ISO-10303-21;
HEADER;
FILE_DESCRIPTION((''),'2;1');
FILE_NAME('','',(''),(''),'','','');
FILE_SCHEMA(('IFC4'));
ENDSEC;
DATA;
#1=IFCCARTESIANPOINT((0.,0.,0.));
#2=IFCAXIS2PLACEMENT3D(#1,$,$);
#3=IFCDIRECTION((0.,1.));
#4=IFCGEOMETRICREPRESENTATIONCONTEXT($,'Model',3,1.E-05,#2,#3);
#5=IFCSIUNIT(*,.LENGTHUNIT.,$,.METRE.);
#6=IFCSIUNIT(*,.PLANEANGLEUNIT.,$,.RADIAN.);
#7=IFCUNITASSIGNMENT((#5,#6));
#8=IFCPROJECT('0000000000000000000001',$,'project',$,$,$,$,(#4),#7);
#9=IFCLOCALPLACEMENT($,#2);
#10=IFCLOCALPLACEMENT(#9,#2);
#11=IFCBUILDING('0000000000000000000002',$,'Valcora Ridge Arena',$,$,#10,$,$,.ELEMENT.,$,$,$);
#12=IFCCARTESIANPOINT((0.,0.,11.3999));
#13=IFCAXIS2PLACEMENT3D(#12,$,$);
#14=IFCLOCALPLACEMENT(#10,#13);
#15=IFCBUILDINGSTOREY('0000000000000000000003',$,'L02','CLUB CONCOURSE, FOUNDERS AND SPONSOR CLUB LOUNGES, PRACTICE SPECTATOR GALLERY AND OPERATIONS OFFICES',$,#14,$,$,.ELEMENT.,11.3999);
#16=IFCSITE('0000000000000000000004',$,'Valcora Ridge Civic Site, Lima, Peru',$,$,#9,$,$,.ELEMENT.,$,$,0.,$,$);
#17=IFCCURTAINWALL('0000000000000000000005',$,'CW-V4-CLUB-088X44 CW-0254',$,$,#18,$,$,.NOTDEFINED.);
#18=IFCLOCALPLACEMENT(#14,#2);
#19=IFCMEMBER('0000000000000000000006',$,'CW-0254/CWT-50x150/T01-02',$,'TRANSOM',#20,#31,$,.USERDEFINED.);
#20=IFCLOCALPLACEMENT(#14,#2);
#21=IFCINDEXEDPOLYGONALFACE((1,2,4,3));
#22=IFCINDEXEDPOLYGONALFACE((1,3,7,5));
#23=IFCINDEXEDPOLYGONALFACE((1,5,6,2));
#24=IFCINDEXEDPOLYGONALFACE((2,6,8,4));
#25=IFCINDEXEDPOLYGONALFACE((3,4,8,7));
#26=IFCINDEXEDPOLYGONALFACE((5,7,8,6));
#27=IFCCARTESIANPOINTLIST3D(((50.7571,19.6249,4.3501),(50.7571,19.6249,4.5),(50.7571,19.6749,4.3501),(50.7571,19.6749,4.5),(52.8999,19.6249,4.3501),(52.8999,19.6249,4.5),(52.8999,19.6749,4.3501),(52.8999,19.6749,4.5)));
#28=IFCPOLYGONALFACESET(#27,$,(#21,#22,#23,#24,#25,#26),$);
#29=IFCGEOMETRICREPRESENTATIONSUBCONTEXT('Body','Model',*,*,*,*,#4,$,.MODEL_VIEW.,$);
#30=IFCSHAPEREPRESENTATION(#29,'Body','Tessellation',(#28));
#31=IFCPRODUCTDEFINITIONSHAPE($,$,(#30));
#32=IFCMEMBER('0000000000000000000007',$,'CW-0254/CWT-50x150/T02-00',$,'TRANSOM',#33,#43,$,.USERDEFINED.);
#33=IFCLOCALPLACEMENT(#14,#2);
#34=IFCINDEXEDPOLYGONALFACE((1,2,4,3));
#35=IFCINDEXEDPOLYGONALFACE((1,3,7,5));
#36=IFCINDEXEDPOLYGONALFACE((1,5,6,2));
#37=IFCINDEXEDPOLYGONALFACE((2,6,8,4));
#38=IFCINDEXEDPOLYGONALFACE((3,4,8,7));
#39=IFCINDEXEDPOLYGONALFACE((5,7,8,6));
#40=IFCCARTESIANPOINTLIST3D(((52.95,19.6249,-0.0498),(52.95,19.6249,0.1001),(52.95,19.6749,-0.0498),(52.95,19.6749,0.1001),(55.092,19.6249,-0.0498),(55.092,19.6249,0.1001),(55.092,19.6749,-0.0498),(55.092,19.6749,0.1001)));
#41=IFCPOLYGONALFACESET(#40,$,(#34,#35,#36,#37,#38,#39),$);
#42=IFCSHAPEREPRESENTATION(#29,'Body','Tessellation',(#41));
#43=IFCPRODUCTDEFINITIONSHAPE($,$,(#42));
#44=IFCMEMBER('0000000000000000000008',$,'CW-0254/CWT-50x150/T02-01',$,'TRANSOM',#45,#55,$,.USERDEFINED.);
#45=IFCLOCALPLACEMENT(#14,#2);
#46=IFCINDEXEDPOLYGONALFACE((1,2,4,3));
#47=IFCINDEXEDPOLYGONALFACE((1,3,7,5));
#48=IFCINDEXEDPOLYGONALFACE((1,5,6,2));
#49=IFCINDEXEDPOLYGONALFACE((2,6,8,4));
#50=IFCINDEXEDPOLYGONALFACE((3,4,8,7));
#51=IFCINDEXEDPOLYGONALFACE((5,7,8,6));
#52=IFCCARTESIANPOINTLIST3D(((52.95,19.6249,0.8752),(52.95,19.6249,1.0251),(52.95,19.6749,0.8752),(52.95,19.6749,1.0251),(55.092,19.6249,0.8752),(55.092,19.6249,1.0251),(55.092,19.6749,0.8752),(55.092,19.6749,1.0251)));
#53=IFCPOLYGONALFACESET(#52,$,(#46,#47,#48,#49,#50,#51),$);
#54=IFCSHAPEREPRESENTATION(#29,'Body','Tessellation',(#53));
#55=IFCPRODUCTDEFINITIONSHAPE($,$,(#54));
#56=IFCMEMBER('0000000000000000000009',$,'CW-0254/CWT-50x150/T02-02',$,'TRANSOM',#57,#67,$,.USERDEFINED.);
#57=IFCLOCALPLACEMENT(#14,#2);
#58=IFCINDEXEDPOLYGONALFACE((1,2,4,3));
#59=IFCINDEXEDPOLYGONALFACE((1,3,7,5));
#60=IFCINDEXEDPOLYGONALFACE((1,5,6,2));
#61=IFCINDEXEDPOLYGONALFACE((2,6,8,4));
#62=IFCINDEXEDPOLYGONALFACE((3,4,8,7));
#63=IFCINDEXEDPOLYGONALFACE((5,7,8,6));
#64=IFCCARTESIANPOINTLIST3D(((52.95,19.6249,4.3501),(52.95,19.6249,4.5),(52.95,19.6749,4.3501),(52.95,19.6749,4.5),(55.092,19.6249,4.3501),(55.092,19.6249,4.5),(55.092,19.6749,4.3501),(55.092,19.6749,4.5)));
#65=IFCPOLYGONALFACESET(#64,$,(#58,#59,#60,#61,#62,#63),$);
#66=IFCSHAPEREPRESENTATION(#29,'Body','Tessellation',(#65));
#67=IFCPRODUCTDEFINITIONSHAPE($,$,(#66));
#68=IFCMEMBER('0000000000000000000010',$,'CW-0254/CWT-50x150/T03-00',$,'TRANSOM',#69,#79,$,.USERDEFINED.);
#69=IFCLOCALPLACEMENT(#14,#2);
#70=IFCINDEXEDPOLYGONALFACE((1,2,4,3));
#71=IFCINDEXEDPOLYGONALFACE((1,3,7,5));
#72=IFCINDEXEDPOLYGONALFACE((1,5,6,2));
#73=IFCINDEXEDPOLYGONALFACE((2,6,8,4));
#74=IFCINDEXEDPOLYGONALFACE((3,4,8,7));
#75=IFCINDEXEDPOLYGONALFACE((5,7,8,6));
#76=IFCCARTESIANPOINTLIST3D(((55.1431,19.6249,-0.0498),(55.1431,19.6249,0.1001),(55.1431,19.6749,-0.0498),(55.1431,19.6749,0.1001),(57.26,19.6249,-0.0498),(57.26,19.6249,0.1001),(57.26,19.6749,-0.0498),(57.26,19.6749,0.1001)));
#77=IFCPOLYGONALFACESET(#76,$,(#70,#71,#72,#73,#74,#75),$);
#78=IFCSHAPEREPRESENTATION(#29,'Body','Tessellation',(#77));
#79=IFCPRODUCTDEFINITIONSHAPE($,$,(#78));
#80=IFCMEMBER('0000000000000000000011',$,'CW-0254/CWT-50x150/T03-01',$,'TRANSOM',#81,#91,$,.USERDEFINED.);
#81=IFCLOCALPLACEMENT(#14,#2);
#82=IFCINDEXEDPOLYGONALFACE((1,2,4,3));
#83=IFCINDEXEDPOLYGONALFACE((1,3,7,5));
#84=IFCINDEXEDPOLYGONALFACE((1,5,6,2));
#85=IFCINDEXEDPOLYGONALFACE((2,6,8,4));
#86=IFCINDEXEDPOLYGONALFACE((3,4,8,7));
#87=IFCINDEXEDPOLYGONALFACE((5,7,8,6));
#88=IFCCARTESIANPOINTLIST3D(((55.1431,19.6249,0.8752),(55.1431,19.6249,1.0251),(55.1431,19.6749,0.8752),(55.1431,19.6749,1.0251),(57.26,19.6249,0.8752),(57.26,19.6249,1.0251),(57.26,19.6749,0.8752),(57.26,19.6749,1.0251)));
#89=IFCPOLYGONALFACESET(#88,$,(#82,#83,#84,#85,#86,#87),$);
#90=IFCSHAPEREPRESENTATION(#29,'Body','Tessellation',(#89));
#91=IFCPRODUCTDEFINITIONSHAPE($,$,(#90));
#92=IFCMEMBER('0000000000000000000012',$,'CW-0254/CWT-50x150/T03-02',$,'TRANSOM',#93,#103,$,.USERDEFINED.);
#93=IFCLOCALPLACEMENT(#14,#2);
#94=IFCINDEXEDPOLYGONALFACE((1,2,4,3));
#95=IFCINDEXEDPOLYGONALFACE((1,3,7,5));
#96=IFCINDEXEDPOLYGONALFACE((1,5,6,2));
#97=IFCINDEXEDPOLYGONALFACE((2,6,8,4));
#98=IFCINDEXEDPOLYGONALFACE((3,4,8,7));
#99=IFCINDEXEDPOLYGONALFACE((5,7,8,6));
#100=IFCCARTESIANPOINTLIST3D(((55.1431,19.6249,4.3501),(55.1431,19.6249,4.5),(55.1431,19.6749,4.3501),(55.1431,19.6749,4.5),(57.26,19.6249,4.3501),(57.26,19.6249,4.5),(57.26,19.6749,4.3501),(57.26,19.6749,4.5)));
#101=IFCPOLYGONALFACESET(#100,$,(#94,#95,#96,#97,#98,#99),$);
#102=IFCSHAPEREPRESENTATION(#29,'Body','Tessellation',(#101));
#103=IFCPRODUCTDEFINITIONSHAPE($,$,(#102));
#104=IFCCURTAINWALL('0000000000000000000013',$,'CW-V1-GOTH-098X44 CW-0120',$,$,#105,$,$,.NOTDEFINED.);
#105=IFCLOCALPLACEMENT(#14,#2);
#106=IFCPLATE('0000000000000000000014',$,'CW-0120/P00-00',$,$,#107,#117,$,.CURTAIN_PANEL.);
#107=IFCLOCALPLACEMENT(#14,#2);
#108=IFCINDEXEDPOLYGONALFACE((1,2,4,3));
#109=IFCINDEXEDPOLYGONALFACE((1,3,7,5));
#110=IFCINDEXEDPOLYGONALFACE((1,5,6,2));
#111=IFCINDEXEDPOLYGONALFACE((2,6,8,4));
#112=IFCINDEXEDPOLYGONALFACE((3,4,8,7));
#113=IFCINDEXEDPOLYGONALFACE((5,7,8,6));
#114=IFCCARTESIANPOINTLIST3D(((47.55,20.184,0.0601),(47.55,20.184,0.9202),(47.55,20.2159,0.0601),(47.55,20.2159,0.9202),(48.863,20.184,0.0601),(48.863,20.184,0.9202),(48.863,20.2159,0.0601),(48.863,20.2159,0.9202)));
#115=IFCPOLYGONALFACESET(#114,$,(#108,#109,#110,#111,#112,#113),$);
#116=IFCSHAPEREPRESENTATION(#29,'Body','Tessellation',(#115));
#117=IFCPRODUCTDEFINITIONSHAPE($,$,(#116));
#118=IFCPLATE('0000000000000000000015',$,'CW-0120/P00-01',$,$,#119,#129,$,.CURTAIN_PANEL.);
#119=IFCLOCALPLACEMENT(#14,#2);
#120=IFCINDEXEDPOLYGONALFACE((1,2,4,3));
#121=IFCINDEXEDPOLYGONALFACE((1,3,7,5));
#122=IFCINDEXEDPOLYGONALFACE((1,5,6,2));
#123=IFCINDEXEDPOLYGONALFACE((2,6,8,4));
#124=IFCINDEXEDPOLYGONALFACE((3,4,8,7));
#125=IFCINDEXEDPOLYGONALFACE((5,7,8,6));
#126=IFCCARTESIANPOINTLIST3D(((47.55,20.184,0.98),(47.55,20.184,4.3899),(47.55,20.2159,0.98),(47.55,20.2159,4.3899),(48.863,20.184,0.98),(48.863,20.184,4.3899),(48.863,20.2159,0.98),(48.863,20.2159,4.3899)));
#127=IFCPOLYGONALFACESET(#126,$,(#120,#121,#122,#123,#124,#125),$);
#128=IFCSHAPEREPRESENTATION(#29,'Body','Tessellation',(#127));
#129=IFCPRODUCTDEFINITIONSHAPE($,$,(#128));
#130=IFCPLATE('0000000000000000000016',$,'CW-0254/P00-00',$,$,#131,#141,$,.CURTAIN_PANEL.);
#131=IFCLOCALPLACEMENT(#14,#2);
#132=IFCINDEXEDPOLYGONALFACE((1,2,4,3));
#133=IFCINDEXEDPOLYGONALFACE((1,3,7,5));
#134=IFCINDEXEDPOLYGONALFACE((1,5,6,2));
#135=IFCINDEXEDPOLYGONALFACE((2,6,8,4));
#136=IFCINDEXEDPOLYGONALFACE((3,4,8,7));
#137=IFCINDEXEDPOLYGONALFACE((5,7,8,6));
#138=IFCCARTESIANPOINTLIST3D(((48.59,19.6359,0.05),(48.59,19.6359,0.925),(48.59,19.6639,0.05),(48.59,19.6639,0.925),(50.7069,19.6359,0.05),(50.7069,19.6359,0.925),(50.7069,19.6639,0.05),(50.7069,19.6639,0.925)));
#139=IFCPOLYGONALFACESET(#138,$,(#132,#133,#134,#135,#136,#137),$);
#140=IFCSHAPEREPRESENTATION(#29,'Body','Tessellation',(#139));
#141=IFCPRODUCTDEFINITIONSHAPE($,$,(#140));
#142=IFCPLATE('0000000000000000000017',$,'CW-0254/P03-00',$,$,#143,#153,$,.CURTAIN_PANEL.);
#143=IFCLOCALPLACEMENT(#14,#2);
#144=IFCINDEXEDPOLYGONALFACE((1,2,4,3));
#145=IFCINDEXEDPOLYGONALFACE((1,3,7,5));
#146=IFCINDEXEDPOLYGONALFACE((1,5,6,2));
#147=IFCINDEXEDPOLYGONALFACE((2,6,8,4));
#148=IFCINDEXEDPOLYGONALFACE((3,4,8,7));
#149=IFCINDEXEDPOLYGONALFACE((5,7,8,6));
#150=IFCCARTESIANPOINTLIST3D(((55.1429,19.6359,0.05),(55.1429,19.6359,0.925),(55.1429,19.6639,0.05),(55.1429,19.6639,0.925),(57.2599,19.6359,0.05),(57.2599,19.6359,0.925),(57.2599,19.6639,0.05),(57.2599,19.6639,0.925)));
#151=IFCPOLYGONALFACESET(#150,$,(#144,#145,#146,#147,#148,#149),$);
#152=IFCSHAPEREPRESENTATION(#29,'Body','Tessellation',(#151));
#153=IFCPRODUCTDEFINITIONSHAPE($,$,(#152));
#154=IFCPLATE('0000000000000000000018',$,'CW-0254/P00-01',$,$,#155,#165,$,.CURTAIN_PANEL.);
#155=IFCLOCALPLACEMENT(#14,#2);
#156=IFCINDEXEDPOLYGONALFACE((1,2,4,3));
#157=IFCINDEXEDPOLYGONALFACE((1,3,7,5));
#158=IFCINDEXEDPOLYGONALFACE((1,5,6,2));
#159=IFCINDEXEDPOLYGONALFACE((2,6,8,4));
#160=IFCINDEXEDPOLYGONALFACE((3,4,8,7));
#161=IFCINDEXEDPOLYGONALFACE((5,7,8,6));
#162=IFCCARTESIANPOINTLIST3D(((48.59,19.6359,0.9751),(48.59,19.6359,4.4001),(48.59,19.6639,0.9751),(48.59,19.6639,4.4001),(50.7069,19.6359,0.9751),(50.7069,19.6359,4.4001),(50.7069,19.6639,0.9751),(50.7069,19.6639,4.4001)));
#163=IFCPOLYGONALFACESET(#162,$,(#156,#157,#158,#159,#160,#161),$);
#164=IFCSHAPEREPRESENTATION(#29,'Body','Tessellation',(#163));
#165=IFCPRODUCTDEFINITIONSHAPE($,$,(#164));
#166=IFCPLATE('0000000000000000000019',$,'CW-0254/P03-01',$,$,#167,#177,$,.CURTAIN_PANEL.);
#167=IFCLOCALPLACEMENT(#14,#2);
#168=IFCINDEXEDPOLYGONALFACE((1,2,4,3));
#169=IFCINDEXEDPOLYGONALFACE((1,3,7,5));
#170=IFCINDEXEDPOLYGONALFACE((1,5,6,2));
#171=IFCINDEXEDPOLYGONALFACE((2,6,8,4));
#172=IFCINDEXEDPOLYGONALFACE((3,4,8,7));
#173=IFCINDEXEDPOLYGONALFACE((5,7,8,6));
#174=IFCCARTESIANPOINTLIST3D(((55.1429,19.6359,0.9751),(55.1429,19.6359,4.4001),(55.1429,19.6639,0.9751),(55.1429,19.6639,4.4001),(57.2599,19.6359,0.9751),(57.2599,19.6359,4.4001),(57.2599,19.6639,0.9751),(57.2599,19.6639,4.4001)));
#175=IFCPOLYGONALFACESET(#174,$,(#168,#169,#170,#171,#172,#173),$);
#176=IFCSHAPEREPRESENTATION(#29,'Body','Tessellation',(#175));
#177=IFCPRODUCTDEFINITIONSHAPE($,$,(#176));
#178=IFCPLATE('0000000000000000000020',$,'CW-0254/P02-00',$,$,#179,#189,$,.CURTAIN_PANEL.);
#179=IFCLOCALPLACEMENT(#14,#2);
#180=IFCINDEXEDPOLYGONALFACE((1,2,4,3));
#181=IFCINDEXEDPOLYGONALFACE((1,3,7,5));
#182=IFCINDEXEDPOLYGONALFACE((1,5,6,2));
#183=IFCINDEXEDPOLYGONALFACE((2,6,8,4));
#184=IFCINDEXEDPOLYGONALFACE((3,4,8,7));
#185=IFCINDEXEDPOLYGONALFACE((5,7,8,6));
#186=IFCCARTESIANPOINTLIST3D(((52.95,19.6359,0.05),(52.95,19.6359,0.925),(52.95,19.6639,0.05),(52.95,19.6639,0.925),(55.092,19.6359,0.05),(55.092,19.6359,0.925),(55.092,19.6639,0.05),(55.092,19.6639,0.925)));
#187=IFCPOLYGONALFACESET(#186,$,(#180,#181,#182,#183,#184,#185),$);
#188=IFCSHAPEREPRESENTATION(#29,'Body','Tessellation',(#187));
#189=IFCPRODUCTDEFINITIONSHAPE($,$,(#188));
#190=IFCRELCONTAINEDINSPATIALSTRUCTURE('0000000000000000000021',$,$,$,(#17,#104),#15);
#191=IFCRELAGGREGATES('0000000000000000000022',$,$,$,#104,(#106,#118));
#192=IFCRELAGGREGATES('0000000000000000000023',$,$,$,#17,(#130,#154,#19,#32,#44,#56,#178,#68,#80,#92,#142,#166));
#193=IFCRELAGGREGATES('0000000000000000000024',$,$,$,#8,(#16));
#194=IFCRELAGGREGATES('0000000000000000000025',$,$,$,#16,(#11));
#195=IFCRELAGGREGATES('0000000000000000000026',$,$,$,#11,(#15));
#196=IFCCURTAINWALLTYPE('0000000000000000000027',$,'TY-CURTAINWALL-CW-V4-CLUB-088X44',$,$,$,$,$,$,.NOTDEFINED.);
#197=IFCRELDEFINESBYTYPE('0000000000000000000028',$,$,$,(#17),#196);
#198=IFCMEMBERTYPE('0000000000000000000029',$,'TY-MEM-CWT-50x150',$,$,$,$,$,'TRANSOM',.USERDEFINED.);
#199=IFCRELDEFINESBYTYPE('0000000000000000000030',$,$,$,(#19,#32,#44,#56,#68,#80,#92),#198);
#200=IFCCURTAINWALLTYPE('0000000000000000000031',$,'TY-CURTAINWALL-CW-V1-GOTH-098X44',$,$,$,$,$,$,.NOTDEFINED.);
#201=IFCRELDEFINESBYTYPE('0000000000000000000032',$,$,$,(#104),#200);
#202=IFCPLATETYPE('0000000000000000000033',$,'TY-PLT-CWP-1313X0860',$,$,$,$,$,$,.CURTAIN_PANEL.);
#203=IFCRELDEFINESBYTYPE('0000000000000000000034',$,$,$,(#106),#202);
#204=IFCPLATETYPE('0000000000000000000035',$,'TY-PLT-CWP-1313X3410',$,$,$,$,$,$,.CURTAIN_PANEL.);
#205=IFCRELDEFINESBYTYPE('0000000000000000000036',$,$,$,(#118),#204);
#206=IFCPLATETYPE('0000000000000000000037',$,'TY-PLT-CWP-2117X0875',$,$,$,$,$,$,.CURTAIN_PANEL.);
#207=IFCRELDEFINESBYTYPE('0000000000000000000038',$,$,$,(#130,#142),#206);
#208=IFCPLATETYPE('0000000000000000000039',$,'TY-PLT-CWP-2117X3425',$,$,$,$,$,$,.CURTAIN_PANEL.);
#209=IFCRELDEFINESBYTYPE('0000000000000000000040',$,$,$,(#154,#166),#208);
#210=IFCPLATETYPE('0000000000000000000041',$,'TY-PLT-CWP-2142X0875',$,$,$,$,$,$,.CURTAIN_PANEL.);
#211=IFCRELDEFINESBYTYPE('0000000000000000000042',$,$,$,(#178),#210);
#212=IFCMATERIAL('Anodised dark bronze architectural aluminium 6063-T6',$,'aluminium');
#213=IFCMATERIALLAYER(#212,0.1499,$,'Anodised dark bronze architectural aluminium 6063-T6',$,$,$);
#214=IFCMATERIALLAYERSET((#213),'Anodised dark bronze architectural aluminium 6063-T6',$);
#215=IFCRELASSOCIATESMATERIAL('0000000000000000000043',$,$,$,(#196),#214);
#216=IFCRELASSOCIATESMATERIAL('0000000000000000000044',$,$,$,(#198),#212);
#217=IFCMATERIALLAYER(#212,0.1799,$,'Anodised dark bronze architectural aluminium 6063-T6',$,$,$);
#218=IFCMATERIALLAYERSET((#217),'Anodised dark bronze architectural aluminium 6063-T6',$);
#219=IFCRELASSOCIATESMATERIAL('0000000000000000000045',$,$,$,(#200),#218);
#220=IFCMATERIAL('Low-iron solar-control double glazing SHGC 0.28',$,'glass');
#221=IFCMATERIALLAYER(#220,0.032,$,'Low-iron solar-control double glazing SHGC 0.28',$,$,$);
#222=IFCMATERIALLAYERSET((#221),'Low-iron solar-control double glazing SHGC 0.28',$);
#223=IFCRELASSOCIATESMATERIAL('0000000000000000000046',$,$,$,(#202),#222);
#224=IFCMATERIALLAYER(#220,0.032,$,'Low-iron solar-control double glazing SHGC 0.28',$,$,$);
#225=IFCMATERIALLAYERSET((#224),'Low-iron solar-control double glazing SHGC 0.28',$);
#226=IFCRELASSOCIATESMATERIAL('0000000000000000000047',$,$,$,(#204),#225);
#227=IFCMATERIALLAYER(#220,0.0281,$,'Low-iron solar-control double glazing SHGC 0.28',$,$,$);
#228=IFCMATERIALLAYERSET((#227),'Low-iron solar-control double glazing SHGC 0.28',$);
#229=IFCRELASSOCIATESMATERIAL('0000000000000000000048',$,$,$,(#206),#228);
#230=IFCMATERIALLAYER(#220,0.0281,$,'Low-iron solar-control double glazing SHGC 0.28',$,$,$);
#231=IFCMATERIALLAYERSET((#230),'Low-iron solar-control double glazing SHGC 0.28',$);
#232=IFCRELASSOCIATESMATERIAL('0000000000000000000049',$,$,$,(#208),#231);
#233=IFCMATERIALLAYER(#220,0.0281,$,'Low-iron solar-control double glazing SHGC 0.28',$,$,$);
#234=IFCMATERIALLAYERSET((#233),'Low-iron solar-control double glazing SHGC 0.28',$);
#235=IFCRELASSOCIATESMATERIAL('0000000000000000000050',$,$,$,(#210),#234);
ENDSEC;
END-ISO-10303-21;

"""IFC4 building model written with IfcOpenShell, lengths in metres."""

from ifc_helpers import new_model, si_unit, direction, frame, origin, origin_2d, place, context, subcontext, project, spatial, rectangle, extrude, material, layer, layer_set, material_profile, profile_set, type_object, element, aggregate, save


model = new_model("IFC4")

# Units and contexts
model_context = context("Model", 3, precision=1e-05, world=origin(), true_north=direction((0.0, 1.0)))
body_context = subcontext(model_context, "Body", "Model", "MODEL_VIEW")
ifc_project = project(units=[si_unit("LENGTHUNIT", "METRE"), si_unit("PLANEANGLEUNIT", "RADIAN")], contexts=[model_context])

# Site, building, storey
site_placement = place(None, origin())
site = spatial("IfcSite", under=ifc_project, at=site_placement, Name="Valcora Ridge Civic Site, Lima, Peru", CompositionType="ELEMENT", RefElevation=0.0)
building_placement = place(site_placement, origin())
building = spatial("IfcBuilding", under=site, at=building_placement, Name="Valcora Ridge Arena", CompositionType="ELEMENT")
storey_placement = place(building_placement, frame((0.0, 0.0, 11.3999)))
storey = spatial("IfcBuildingStorey", under=building, at=storey_placement, Name="L02", Description="CLUB CONCOURSE, FOUNDERS AND SPONSOR CLUB LOUNGES, PRACTICE SPECTATOR GALLERY AND OPERATIONS OFFICES", CompositionType="ELEMENT", Elevation=11.3999)

# Curtain wall, members
ifc_material_1 = material(Name="Anodised dark bronze architectural aluminium 6063-T6", Category="aluminium")
ifc_layer_1 = layer(ifc_material_1, 0.1499, Name="Anodised dark bronze architectural aluminium 6063-T6")
ifc_layer_set_1 = layer_set([ifc_layer_1], Name="Anodised dark bronze architectural aluminium 6063-T6")
curtain_wall_type_1 = type_object("IfcCurtainWallType", Name="TY-CURTAINWALL-CW-V4-CLUB-088X44", PredefinedType="NOTDEFINED", material=ifc_layer_set_1)
curtain_wall_1_placement = place(storey_placement, origin())
curtain_wall_1 = element("IfcCurtainWall", 1, at=curtain_wall_1_placement, inside=storey, type_object=curtain_wall_type_1, Name="CW-V4-CLUB-088X44 CW-0254", PredefinedType="NOTDEFINED")
ifc_material_profile_1 = material_profile(ifc_material_1, rectangle(XDim=0.05, YDim=0.1499, at=origin_2d()), Name="ALU TRANSOM 50x150")
ifc_profile_set_1 = profile_set([ifc_material_profile_1], Name="Anodised dark bronze architectural aluminium 6063-T6")
member_type_1 = type_object("IfcMemberType", Name="TY-MEM-CWT-50x150", ElementType="TRANSOM", PredefinedType="USERDEFINED", material=ifc_profile_set_1)
member_1_placement = place(storey_placement, frame((50.7571, 19.6499, 4.425), z_axis=(1.0, 0.0, 0.0), x_axis=(0.0, 1.0, 0.0)))
member_1 = element("IfcMember", 2, at=member_1_placement, type_object=member_type_1, Name="CW-0254/CWT-50x150/T01-02", ObjectType="TRANSOM", PredefinedType="USERDEFINED", context=body_context, shape_type="SweptSolid", body=[
    extrude(rectangle(XDim=0.05, YDim=0.1499, at=origin_2d()), origin(), (0.0, 0.0, 1.0), 2.1428),
])
member_2_placement = place(storey_placement, frame((52.95, 19.6499, 0.0251), z_axis=(1.0, 0.0, 0.0), x_axis=(0.0, 1.0, 0.0)))
member_2 = element("IfcMember", 3, at=member_2_placement, type_object=member_type_1, Name="CW-0254/CWT-50x150/T02-00", ObjectType="TRANSOM", PredefinedType="USERDEFINED", context=body_context, shape_type="SweptSolid", body=[
    extrude(rectangle(XDim=0.05, YDim=0.1499, at=origin_2d()), origin(), (0.0, 0.0, 1.0), 2.1421),
])
member_3_placement = place(storey_placement, frame((52.95, 19.6499, 0.9502), z_axis=(1.0, 0.0, 0.0), x_axis=(0.0, 1.0, 0.0)))
member_3 = element("IfcMember", 4, at=member_3_placement, type_object=member_type_1, Name="CW-0254/CWT-50x150/T02-01", ObjectType="TRANSOM", PredefinedType="USERDEFINED", context=body_context, shape_type="SweptSolid", body=[
    extrude(rectangle(XDim=0.05, YDim=0.1499, at=origin_2d()), origin(), (0.0, 0.0, 1.0), 2.1421),
])
member_4_placement = place(storey_placement, frame((52.95, 19.6499, 4.425), z_axis=(1.0, 0.0, 0.0), x_axis=(0.0, 1.0, 0.0)))
member_4 = element("IfcMember", 5, at=member_4_placement, type_object=member_type_1, Name="CW-0254/CWT-50x150/T02-02", ObjectType="TRANSOM", PredefinedType="USERDEFINED", context=body_context, shape_type="SweptSolid", body=[
    extrude(rectangle(XDim=0.05, YDim=0.1499, at=origin_2d()), origin(), (0.0, 0.0, 1.0), 2.1421),
])
member_5_placement = place(storey_placement, frame((55.1431, 19.6499, 0.0251), z_axis=(1.0, 0.0, 0.0), x_axis=(0.0, 1.0, 0.0)))
member_5 = element("IfcMember", 6, at=member_5_placement, type_object=member_type_1, Name="CW-0254/CWT-50x150/T03-00", ObjectType="TRANSOM", PredefinedType="USERDEFINED", context=body_context, shape_type="SweptSolid", body=[
    extrude(rectangle(XDim=0.05, YDim=0.1499, at=origin_2d()), origin(), (0.0, 0.0, 1.0), 2.1169),
])
member_6_placement = place(storey_placement, frame((55.1431, 19.6499, 0.9502), z_axis=(1.0, 0.0, 0.0), x_axis=(0.0, 1.0, 0.0)))
member_6 = element("IfcMember", 7, at=member_6_placement, type_object=member_type_1, Name="CW-0254/CWT-50x150/T03-01", ObjectType="TRANSOM", PredefinedType="USERDEFINED", context=body_context, shape_type="SweptSolid", body=[
    extrude(rectangle(XDim=0.05, YDim=0.1499, at=origin_2d()), origin(), (0.0, 0.0, 1.0), 2.1169),
])
member_7_placement = place(storey_placement, frame((55.1431, 19.6499, 4.425), z_axis=(1.0, 0.0, 0.0), x_axis=(0.0, 1.0, 0.0)))
member_7 = element("IfcMember", 8, at=member_7_placement, type_object=member_type_1, Name="CW-0254/CWT-50x150/T03-02", ObjectType="TRANSOM", PredefinedType="USERDEFINED", context=body_context, shape_type="SweptSolid", body=[
    extrude(rectangle(XDim=0.05, YDim=0.1499, at=origin_2d()), origin(), (0.0, 0.0, 1.0), 2.1169),
])

# Curtain wall, plates
ifc_layer_2 = layer(ifc_material_1, 0.1799, Name="Anodised dark bronze architectural aluminium 6063-T6")
ifc_layer_set_2 = layer_set([ifc_layer_2], Name="Anodised dark bronze architectural aluminium 6063-T6")
curtain_wall_type_2 = type_object("IfcCurtainWallType", Name="TY-CURTAINWALL-CW-V1-GOTH-098X44", PredefinedType="NOTDEFINED", material=ifc_layer_set_2)
curtain_wall_2_placement = place(storey_placement, origin())
curtain_wall_2 = element("IfcCurtainWall", 9, at=curtain_wall_2_placement, inside=storey, type_object=curtain_wall_type_2, Name="CW-V1-GOTH-098X44 CW-0120", PredefinedType="NOTDEFINED")
ifc_material_2 = material(Name="Low-iron solar-control double glazing SHGC 0.28", Category="glass")
ifc_layer_3 = layer(ifc_material_2, 0.032, Name="Low-iron solar-control double glazing SHGC 0.28")
ifc_layer_set_3 = layer_set([ifc_layer_3], Name="Low-iron solar-control double glazing SHGC 0.28")
plate_type_1 = type_object("IfcPlateType", Name="TY-PLT-CWP-1313X0860", PredefinedType="CURTAIN_PANEL", material=ifc_layer_set_3)
plate_1_placement = place(storey_placement, frame((48.2065, 20.2, 0.0601), z_axis=(0.0, 0.0, 1.0), x_axis=(1.0, 0.0, 0.0)))
plate_1 = element("IfcPlate", 10, at=plate_1_placement, type_object=plate_type_1, Name="CW-0120/P00-00", PredefinedType="CURTAIN_PANEL", context=body_context, shape_type="SweptSolid", body=[
    extrude(rectangle(XDim=1.313, YDim=0.032, at=origin_2d()), origin(), (0.0, 0.0, 1.0), 0.8601),
])
ifc_layer_4 = layer(ifc_material_2, 0.032, Name="Low-iron solar-control double glazing SHGC 0.28")
ifc_layer_set_4 = layer_set([ifc_layer_4], Name="Low-iron solar-control double glazing SHGC 0.28")
plate_type_2 = type_object("IfcPlateType", Name="TY-PLT-CWP-1313X3410", PredefinedType="CURTAIN_PANEL", material=ifc_layer_set_4)
plate_2_placement = place(storey_placement, frame((48.2065, 20.2, 0.98), z_axis=(0.0, 0.0, 1.0), x_axis=(1.0, 0.0, 0.0)))
plate_2 = element("IfcPlate", 11, at=plate_2_placement, type_object=plate_type_2, Name="CW-0120/P00-01", PredefinedType="CURTAIN_PANEL", context=body_context, shape_type="SweptSolid", body=[
    extrude(rectangle(XDim=1.313, YDim=0.032, at=origin_2d()), origin(), (0.0, 0.0, 1.0), 3.4099),
])
aggregate(curtain_wall_2, [plate_1, plate_2])

# Plates
ifc_layer_5 = layer(ifc_material_2, 0.0281, Name="Low-iron solar-control double glazing SHGC 0.28")
ifc_layer_set_5 = layer_set([ifc_layer_5], Name="Low-iron solar-control double glazing SHGC 0.28")
plate_type_3 = type_object("IfcPlateType", Name="TY-PLT-CWP-2117X0875", PredefinedType="CURTAIN_PANEL", material=ifc_layer_set_5)
plate_3_placement = place(storey_placement, frame((49.6484, 19.6499, 0.05), z_axis=(0.0, 0.0, 1.0), x_axis=(1.0, 0.0, 0.0)))
plate_3 = element("IfcPlate", 12, at=plate_3_placement, type_object=plate_type_3, Name="CW-0254/P00-00", PredefinedType="CURTAIN_PANEL", context=body_context, shape_type="SweptSolid", body=[
    extrude(rectangle(XDim=2.1169, YDim=0.0281, at=origin_2d()), origin(), (0.0, 0.0, 1.0), 0.875),
])
plate_4_placement = place(storey_placement, frame((56.2014, 19.6499, 0.05), z_axis=(0.0, 0.0, 1.0), x_axis=(1.0, 0.0, 0.0)))
plate_4 = element("IfcPlate", 13, at=plate_4_placement, type_object=plate_type_3, Name="CW-0254/P03-00", PredefinedType="CURTAIN_PANEL", context=body_context, shape_type="SweptSolid", body=[
    extrude(rectangle(XDim=2.1169, YDim=0.0281, at=origin_2d()), origin(), (0.0, 0.0, 1.0), 0.875),
])
ifc_layer_6 = layer(ifc_material_2, 0.0281, Name="Low-iron solar-control double glazing SHGC 0.28")
ifc_layer_set_6 = layer_set([ifc_layer_6], Name="Low-iron solar-control double glazing SHGC 0.28")
plate_type_4 = type_object("IfcPlateType", Name="TY-PLT-CWP-2117X3425", PredefinedType="CURTAIN_PANEL", material=ifc_layer_set_6)
plate_5_placement = place(storey_placement, frame((49.6484, 19.6499, 0.9751), z_axis=(0.0, 0.0, 1.0), x_axis=(1.0, 0.0, 0.0)))
plate_5 = element("IfcPlate", 14, at=plate_5_placement, type_object=plate_type_4, Name="CW-0254/P00-01", PredefinedType="CURTAIN_PANEL", context=body_context, shape_type="SweptSolid", body=[
    extrude(rectangle(XDim=2.1169, YDim=0.0281, at=origin_2d()), origin(), (0.0, 0.0, 1.0), 3.425),
])
plate_6_placement = place(storey_placement, frame((56.2014, 19.6499, 0.9751), z_axis=(0.0, 0.0, 1.0), x_axis=(1.0, 0.0, 0.0)))
plate_6 = element("IfcPlate", 15, at=plate_6_placement, type_object=plate_type_4, Name="CW-0254/P03-01", PredefinedType="CURTAIN_PANEL", context=body_context, shape_type="SweptSolid", body=[
    extrude(rectangle(XDim=2.1169, YDim=0.0281, at=origin_2d()), origin(), (0.0, 0.0, 1.0), 3.425),
])
ifc_layer_7 = layer(ifc_material_2, 0.0281, Name="Low-iron solar-control double glazing SHGC 0.28")
ifc_layer_set_7 = layer_set([ifc_layer_7], Name="Low-iron solar-control double glazing SHGC 0.28")
plate_type_5 = type_object("IfcPlateType", Name="TY-PLT-CWP-2142X0875", PredefinedType="CURTAIN_PANEL", material=ifc_layer_set_7)
plate_7_placement = place(storey_placement, frame((54.021, 19.6499, 0.05), z_axis=(0.0, 0.0, 1.0), x_axis=(1.0, 0.0, 0.0)))
plate_7 = element("IfcPlate", 16, at=plate_7_placement, type_object=plate_type_5, Name="CW-0254/P02-00", PredefinedType="CURTAIN_PANEL", context=body_context, shape_type="SweptSolid", body=[
    extrude(rectangle(XDim=2.1421, YDim=0.0281, at=origin_2d()), origin(), (0.0, 0.0, 1.0), 0.875),
])
aggregate(curtain_wall_1, [plate_3, plate_5, member_1, member_2, member_3, member_4, plate_7, member_5, member_6, member_7, plate_4, plate_6])

save(model, "model.ifc")
